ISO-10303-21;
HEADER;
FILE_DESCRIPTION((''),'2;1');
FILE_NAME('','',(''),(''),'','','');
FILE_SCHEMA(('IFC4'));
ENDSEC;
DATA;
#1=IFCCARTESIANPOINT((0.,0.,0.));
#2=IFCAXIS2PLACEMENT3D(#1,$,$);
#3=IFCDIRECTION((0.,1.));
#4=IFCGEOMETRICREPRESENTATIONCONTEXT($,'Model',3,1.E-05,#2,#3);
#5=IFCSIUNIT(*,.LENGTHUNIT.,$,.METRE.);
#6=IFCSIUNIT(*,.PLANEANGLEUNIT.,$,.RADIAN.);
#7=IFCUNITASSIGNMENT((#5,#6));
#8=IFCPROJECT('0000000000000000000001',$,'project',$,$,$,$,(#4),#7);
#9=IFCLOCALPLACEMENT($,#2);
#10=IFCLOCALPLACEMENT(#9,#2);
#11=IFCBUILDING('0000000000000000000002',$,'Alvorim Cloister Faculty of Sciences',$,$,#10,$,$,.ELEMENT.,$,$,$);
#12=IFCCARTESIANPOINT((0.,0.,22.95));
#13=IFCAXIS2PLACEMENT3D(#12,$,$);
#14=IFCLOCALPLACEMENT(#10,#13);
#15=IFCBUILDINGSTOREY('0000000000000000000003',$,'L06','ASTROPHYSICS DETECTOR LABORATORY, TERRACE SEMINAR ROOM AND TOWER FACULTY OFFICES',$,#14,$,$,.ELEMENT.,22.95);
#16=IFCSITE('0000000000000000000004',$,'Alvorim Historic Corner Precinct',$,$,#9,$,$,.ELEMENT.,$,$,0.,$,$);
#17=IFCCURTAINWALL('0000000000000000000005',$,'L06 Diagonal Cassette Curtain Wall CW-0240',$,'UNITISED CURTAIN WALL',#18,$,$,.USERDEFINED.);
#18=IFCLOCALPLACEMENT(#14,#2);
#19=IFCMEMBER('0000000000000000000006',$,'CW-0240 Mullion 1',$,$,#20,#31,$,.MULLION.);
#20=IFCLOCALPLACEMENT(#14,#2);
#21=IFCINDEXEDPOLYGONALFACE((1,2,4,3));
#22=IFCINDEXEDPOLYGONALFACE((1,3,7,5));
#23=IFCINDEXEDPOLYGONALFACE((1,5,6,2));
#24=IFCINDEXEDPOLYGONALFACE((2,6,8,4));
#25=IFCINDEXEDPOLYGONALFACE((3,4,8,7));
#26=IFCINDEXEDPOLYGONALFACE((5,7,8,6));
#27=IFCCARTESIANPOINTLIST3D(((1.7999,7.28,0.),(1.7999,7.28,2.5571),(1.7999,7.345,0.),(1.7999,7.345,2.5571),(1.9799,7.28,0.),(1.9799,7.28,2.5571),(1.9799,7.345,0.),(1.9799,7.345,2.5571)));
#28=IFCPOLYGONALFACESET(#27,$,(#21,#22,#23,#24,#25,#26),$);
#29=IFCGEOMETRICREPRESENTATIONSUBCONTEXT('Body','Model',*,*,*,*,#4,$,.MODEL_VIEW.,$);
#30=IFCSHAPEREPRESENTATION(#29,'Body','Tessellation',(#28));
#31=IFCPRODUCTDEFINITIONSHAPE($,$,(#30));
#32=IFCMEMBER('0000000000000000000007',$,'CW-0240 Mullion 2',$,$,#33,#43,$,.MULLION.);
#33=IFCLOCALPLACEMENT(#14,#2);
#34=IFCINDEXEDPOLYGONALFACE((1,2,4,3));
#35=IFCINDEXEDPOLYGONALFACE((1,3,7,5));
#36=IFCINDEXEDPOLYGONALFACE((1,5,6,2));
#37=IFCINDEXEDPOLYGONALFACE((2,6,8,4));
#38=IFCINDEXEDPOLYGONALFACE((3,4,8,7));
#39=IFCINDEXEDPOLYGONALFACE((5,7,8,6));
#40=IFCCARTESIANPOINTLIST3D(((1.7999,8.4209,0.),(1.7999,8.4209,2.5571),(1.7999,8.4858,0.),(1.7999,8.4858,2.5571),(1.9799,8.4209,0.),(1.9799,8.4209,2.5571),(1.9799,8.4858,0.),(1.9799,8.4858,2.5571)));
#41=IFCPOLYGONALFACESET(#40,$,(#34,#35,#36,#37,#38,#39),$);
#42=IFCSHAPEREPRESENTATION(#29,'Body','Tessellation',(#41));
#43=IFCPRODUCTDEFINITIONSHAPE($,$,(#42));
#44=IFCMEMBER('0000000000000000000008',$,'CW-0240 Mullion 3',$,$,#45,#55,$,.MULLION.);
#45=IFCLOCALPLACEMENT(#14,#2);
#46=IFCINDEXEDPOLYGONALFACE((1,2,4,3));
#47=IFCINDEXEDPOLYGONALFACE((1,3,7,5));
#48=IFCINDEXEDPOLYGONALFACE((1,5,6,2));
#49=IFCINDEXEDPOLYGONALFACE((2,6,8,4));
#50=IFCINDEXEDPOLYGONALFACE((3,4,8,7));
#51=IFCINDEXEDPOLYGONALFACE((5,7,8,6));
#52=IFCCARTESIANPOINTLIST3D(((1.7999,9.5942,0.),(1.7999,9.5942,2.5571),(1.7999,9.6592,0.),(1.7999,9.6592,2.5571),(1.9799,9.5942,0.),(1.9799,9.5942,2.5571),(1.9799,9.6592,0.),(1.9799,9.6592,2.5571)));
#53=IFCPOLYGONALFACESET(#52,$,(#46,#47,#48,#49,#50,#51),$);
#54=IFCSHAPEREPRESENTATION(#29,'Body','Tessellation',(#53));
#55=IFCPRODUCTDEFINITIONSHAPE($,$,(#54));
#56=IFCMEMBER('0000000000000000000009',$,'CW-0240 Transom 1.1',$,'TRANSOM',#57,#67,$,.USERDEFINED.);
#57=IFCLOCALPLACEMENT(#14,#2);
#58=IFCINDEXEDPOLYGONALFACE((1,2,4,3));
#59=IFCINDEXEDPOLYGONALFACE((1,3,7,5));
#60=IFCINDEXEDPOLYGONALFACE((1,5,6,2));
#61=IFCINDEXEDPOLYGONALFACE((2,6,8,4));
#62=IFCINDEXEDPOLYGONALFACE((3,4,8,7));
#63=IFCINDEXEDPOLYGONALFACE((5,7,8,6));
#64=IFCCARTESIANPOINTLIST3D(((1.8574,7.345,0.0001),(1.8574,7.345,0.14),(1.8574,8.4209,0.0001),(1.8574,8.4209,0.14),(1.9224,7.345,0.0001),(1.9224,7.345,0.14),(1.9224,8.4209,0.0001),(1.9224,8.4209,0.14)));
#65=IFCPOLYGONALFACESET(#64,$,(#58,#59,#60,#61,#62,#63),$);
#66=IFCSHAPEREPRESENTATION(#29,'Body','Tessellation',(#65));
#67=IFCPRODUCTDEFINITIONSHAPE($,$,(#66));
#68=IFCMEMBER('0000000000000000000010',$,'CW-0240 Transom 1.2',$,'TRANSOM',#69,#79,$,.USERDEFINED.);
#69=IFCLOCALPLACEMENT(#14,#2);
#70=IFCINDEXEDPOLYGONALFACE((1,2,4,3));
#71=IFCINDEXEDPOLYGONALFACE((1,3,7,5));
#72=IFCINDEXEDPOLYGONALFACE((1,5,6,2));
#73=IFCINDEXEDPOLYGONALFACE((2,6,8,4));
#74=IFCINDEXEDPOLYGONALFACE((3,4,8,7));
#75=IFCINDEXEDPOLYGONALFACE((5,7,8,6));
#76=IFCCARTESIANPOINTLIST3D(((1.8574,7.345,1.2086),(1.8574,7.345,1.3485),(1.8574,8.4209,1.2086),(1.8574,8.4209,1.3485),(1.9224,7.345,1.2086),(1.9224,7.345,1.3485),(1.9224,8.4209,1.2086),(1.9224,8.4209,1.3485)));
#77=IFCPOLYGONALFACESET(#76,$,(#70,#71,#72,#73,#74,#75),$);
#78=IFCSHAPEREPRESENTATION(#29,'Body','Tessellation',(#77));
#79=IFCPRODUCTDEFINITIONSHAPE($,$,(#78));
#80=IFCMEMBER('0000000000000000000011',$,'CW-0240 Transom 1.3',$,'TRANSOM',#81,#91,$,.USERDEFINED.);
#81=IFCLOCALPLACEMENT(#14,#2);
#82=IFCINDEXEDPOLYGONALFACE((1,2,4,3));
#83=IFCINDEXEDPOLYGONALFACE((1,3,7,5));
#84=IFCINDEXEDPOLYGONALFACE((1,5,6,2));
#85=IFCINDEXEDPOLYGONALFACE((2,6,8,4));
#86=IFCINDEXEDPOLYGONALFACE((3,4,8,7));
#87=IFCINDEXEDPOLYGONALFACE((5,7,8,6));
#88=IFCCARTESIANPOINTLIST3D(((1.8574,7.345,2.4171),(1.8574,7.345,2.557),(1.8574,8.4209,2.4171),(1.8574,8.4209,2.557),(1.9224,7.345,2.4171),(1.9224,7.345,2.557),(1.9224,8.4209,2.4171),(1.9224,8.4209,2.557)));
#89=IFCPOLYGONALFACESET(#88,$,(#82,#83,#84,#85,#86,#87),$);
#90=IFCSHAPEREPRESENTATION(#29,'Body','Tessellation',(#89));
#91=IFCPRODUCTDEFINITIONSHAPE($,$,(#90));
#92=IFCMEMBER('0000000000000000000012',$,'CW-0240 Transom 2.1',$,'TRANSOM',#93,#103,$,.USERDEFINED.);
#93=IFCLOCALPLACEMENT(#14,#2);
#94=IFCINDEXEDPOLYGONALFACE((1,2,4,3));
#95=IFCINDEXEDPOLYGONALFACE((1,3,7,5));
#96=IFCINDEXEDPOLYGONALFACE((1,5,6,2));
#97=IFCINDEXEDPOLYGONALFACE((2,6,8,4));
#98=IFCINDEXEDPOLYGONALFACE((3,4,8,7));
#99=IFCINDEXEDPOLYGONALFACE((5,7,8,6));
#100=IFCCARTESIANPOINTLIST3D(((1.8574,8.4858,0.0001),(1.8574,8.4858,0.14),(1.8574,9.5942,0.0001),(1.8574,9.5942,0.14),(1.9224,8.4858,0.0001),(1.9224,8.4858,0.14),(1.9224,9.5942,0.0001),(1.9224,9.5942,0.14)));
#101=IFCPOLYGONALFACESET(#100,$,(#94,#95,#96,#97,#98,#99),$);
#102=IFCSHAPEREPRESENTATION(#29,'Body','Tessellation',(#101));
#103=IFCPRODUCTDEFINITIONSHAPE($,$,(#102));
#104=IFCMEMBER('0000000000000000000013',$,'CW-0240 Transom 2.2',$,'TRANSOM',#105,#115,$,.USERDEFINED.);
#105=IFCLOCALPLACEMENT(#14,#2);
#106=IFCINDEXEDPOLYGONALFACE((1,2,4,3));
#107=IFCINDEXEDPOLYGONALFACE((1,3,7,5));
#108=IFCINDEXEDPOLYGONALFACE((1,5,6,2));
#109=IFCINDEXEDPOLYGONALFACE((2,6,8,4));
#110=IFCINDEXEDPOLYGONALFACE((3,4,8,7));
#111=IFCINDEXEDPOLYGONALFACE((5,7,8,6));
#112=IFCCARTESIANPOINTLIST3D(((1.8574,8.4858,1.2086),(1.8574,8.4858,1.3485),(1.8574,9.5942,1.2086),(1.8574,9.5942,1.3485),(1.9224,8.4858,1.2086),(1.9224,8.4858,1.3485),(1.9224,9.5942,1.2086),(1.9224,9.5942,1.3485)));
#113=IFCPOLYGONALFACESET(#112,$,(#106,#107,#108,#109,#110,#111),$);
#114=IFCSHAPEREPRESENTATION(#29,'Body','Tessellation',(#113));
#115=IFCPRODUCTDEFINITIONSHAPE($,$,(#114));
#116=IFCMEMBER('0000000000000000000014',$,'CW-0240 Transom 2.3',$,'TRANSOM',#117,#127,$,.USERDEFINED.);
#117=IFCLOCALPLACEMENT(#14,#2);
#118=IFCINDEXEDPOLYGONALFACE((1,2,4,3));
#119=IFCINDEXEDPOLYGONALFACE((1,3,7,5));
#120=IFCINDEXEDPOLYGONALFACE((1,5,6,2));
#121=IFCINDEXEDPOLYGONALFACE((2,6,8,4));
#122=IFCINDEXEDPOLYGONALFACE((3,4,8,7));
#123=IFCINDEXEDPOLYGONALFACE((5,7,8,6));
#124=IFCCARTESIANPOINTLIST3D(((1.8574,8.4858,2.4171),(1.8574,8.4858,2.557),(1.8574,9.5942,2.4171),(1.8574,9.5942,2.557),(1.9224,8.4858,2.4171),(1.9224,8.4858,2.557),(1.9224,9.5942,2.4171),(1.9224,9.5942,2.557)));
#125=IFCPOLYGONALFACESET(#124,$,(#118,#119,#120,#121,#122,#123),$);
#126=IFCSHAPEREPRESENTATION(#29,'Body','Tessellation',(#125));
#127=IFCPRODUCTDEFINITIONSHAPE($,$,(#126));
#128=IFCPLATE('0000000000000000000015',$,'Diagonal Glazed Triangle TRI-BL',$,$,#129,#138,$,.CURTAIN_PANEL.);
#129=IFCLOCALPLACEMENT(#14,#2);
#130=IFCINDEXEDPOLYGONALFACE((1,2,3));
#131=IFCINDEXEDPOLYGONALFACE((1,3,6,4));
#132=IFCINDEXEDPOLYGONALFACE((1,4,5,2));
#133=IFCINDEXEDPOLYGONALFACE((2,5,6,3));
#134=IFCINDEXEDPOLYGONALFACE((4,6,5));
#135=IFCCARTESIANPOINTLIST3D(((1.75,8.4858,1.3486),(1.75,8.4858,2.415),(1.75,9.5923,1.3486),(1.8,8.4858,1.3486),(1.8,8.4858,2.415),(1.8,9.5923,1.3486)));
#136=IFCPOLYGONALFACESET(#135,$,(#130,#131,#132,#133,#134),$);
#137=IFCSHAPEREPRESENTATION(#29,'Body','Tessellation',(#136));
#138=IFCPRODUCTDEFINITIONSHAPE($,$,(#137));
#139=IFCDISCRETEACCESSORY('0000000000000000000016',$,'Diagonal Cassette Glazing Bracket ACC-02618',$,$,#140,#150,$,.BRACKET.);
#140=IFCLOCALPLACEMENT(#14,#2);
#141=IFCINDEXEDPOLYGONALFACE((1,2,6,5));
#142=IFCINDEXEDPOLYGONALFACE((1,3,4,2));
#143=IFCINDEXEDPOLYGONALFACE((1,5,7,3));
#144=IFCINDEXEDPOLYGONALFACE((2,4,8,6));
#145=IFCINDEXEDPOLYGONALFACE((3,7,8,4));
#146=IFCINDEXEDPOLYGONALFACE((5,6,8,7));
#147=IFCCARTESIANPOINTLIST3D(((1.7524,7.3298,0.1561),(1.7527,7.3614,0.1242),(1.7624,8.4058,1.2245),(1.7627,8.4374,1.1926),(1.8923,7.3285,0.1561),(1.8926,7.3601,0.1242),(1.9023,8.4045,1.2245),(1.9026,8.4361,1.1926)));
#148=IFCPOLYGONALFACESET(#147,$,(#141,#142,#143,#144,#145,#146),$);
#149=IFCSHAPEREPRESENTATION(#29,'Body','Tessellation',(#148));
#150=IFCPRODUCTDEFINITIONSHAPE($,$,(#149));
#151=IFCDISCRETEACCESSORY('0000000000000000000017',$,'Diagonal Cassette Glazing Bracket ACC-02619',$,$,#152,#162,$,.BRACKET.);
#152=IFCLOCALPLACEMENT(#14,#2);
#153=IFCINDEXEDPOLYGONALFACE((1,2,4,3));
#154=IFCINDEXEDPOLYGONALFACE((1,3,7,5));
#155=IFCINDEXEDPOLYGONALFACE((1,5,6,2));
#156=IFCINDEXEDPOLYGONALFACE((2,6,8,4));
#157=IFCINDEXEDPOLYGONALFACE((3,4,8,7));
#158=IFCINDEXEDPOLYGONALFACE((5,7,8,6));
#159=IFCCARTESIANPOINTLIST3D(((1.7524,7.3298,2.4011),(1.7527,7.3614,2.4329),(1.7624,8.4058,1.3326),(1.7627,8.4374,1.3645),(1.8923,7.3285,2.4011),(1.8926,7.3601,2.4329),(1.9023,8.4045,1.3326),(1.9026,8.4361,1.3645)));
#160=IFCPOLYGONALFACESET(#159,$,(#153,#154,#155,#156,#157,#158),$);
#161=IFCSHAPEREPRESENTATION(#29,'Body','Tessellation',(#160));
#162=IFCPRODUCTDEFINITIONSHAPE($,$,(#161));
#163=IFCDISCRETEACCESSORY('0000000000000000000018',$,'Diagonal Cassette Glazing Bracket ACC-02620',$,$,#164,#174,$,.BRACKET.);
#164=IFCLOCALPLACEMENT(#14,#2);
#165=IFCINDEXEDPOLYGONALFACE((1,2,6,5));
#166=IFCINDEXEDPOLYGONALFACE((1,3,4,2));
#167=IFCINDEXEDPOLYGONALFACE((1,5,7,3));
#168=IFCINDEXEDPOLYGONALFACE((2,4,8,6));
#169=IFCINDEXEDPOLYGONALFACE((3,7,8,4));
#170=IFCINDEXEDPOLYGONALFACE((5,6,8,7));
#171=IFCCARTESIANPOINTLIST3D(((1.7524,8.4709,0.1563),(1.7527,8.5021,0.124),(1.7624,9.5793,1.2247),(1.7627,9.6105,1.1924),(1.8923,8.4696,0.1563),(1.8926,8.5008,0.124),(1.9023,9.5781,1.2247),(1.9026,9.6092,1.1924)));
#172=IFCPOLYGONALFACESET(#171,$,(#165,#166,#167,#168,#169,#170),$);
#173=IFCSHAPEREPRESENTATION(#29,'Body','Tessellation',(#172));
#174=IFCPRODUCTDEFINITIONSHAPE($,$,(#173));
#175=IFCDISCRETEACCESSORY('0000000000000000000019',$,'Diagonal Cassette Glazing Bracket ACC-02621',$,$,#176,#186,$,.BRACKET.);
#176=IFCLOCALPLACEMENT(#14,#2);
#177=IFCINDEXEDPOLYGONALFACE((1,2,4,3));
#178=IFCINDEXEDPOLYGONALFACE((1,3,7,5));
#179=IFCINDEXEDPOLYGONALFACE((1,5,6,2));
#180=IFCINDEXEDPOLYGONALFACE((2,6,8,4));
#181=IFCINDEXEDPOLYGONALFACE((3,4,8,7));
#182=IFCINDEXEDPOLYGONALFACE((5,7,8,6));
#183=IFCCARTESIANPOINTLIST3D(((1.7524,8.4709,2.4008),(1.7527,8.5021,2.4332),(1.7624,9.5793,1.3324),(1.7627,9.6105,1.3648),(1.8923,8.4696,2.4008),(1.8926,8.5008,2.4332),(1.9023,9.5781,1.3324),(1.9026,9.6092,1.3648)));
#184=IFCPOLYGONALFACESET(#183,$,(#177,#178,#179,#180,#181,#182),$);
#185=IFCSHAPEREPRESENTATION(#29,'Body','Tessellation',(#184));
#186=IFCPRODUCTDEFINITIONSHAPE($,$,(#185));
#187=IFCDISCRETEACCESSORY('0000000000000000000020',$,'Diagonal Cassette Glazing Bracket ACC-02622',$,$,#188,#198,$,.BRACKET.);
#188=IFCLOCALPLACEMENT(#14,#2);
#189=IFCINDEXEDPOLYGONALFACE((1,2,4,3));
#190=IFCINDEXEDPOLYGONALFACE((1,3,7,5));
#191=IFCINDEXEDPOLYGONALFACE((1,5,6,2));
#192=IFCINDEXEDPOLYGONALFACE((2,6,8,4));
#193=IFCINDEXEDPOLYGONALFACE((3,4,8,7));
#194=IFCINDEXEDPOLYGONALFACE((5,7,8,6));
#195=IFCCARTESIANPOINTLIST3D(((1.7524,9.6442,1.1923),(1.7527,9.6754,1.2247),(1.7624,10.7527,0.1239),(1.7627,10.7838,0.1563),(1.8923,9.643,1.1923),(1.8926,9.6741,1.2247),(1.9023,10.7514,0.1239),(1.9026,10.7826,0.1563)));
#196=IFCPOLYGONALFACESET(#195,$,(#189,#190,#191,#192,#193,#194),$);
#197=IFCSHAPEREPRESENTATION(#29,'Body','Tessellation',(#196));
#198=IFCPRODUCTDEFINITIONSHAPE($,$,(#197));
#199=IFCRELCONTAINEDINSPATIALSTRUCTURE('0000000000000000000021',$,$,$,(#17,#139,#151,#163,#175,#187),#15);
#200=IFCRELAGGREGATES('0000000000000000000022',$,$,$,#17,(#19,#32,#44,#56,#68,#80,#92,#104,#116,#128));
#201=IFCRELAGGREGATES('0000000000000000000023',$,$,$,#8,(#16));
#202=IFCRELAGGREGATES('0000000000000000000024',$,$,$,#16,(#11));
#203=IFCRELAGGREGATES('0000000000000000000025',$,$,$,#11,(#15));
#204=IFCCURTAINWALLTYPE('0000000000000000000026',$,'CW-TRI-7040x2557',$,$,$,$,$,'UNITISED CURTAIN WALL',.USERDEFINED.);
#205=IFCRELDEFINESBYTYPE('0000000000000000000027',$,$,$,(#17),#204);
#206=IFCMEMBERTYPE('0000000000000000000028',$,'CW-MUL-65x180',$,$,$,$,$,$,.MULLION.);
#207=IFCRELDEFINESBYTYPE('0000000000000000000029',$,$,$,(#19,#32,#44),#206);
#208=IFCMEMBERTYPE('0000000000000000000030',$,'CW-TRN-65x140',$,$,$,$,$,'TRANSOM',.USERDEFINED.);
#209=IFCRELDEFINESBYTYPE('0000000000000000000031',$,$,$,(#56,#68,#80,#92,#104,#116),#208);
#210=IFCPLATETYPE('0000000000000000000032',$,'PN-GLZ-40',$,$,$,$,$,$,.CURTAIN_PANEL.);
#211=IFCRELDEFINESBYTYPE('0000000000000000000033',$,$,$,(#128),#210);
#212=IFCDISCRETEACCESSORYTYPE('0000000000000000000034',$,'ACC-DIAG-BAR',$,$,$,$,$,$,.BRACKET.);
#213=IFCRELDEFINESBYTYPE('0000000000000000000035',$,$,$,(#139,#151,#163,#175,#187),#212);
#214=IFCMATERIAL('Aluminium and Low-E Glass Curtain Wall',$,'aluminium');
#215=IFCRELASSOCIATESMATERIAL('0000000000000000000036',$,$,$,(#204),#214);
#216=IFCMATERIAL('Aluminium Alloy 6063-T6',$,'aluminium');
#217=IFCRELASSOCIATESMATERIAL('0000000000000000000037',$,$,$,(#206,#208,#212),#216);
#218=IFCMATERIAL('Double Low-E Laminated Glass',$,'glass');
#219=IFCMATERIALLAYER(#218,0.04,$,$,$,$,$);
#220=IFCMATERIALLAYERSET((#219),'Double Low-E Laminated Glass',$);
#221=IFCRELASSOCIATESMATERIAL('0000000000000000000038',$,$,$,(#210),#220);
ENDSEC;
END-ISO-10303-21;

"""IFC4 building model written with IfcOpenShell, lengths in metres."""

from ifc_helpers import new_model, si_unit, direction, frame, origin, origin_2d, place, context, subcontext, project, spatial, polyline, rectangle, outline, extrude, material, layer, layer_set, material_profile, profile_set, type_object, element, aggregate, save


model = new_model("IFC4")

# Units and contexts
model_context = context("Model", 3, precision=1e-05, world=origin(), true_north=direction((0.0, 1.0)))
body_context = subcontext(model_context, "Body", "Model", "MODEL_VIEW")
ifc_project = project(units=[si_unit("LENGTHUNIT", "METRE"), si_unit("PLANEANGLEUNIT", "RADIAN")], contexts=[model_context])

# Site, building, storey
site_placement = place(None, origin())
site = spatial("IfcSite", under=ifc_project, at=site_placement, Name="Alvorim Historic Corner Precinct", CompositionType="ELEMENT", RefElevation=0.0)
building_placement = place(site_placement, origin())
building = spatial("IfcBuilding", under=site, at=building_placement, Name="Alvorim Cloister Faculty of Sciences", CompositionType="ELEMENT")
storey_placement = place(building_placement, frame((0.0, 0.0, 22.95)))
storey = spatial("IfcBuildingStorey", under=building, at=storey_placement, Name="L06", Description="ASTROPHYSICS DETECTOR LABORATORY, TERRACE SEMINAR ROOM AND TOWER FACULTY OFFICES", CompositionType="ELEMENT", Elevation=22.95)

# Curtain wall, members, plate
ifc_material_1 = material(Name="Aluminium and Low-E Glass Curtain Wall", Category="aluminium")
curtain_wall_type = type_object("IfcCurtainWallType", Name="CW-TRI-7040x2557", ElementType="UNITISED CURTAIN WALL", PredefinedType="USERDEFINED", material=ifc_material_1)
curtain_wall_placement = place(storey_placement, origin())
curtain_wall = element("IfcCurtainWall", 1, at=curtain_wall_placement, inside=storey, type_object=curtain_wall_type, Name="L06 Diagonal Cassette Curtain Wall CW-0240", ObjectType="UNITISED CURTAIN WALL", PredefinedType="USERDEFINED")
ifc_material_2 = material(Name="Aluminium Alloy 6063-T6", Category="aluminium")
ifc_material_profile_1 = material_profile(ifc_material_2, rectangle(XDim=0.0649, YDim=0.1799, at=origin_2d()), Name="ALU-MUL-65x180")
ifc_profile_set_1 = profile_set([ifc_material_profile_1], Name="Aluminium Alloy 6063-T6")
member_type_1 = type_object("IfcMemberType", Name="CW-MUL-65x180", PredefinedType="MULLION", material=ifc_profile_set_1)
member_1_placement = place(storey_placement, frame((1.8899, 7.3125, 0.0), z_axis=(0.0, 0.0, 1.0), x_axis=(0.0, 1.0, 0.0)))
member_1 = element("IfcMember", 2, at=member_1_placement, type_object=member_type_1, Name="CW-0240 Mullion 1", PredefinedType="MULLION", context=body_context, shape_type="SweptSolid", body=[
    extrude(rectangle(XDim=0.0649, YDim=0.1799, at=origin_2d()), origin(), (0.0, 0.0, 1.0), 2.5571),
])
member_2_placement = place(storey_placement, frame((1.8899, 8.4534, 0.0), z_axis=(0.0, 0.0, 1.0), x_axis=(0.0, 1.0, 0.0)))
member_2 = element("IfcMember", 3, at=member_2_placement, type_object=member_type_1, Name="CW-0240 Mullion 2", PredefinedType="MULLION", context=body_context, shape_type="SweptSolid", body=[
    extrude(rectangle(XDim=0.0649, YDim=0.1799, at=origin_2d()), origin(), (0.0, 0.0, 1.0), 2.5571),
])
member_3_placement = place(storey_placement, frame((1.8899, 9.6267, 0.0), z_axis=(0.0, 0.0, 1.0), x_axis=(0.0, 1.0, 0.0)))
member_3 = element("IfcMember", 4, at=member_3_placement, type_object=member_type_1, Name="CW-0240 Mullion 3", PredefinedType="MULLION", context=body_context, shape_type="SweptSolid", body=[
    extrude(rectangle(XDim=0.0649, YDim=0.1799, at=origin_2d()), origin(), (0.0, 0.0, 1.0), 2.5571),
])
ifc_material_profile_2 = material_profile(ifc_material_2, rectangle(XDim=0.0649, YDim=0.1399, at=origin_2d()), Name="ALU-TRN-65x140")
ifc_profile_set_2 = profile_set([ifc_material_profile_2], Name="Aluminium Alloy 6063-T6")
member_type_2 = type_object("IfcMemberType", Name="CW-TRN-65x140", ElementType="TRANSOM", PredefinedType="USERDEFINED", material=ifc_profile_set_2)
member_4_placement = place(storey_placement, frame((1.8899, 7.345, 0.0701), z_axis=(0.0, 1.0, 0.0), x_axis=(-1.0, 0.0, 0.0)))
member_4 = element("IfcMember", 5, at=member_4_placement, type_object=member_type_2, Name="CW-0240 Transom 1.1", ObjectType="TRANSOM", PredefinedType="USERDEFINED", context=body_context, shape_type="SweptSolid", body=[
    extrude(rectangle(XDim=0.0649, YDim=0.1399, at=origin_2d()), origin(), (0.0, 0.0, 1.0), 1.0759),
])
member_5_placement = place(storey_placement, frame((1.8899, 7.345, 1.2786), z_axis=(0.0, 1.0, 0.0), x_axis=(-1.0, 0.0, 0.0)))
member_5 = element("IfcMember", 6, at=member_5_placement, type_object=member_type_2, Name="CW-0240 Transom 1.2", ObjectType="TRANSOM", PredefinedType="USERDEFINED", context=body_context, shape_type="SweptSolid", body=[
    extrude(rectangle(XDim=0.0649, YDim=0.1399, at=origin_2d()), origin(), (0.0, 0.0, 1.0), 1.0759),
])
member_6_placement = place(storey_placement, frame((1.8899, 7.345, 2.4871), z_axis=(0.0, 1.0, 0.0), x_axis=(-1.0, 0.0, 0.0)))
member_6 = element("IfcMember", 7, at=member_6_placement, type_object=member_type_2, Name="CW-0240 Transom 1.3", ObjectType="TRANSOM", PredefinedType="USERDEFINED", context=body_context, shape_type="SweptSolid", body=[
    extrude(rectangle(XDim=0.0649, YDim=0.1399, at=origin_2d()), origin(), (0.0, 0.0, 1.0), 1.0759),
])
member_7_placement = place(storey_placement, frame((1.8899, 8.4858, 0.0701), z_axis=(0.0, 1.0, 0.0), x_axis=(-1.0, 0.0, 0.0)))
member_7 = element("IfcMember", 8, at=member_7_placement, type_object=member_type_2, Name="CW-0240 Transom 2.1", ObjectType="TRANSOM", PredefinedType="USERDEFINED", context=body_context, shape_type="SweptSolid", body=[
    extrude(rectangle(XDim=0.0649, YDim=0.1399, at=origin_2d()), origin(), (0.0, 0.0, 1.0), 1.1084),
])
member_8_placement = place(storey_placement, frame((1.8899, 8.4858, 1.2786), z_axis=(0.0, 1.0, 0.0), x_axis=(-1.0, 0.0, 0.0)))
member_8 = element("IfcMember", 9, at=member_8_placement, type_object=member_type_2, Name="CW-0240 Transom 2.2", ObjectType="TRANSOM", PredefinedType="USERDEFINED", context=body_context, shape_type="SweptSolid", body=[
    extrude(rectangle(XDim=0.0649, YDim=0.1399, at=origin_2d()), origin(), (0.0, 0.0, 1.0), 1.1084),
])
member_9_placement = place(storey_placement, frame((1.8899, 8.4858, 2.4871), z_axis=(0.0, 1.0, 0.0), x_axis=(-1.0, 0.0, 0.0)))
member_9 = element("IfcMember", 10, at=member_9_placement, type_object=member_type_2, Name="CW-0240 Transom 2.3", ObjectType="TRANSOM", PredefinedType="USERDEFINED", context=body_context, shape_type="SweptSolid", body=[
    extrude(rectangle(XDim=0.0649, YDim=0.1399, at=origin_2d()), origin(), (0.0, 0.0, 1.0), 1.1084),
])
ifc_material_3 = material(Name="Double Low-E Laminated Glass", Category="glass")
ifc_layer = layer(ifc_material_3, 0.04)
ifc_layer_set = layer_set([ifc_layer], Name="Double Low-E Laminated Glass")
plate_type = type_object("IfcPlateType", Name="PN-GLZ-40", PredefinedType="CURTAIN_PANEL", material=ifc_layer_set)
plate_1_placement = place(storey_placement, frame((1.7749, 8.4858, 1.3486), z_axis=(0.0, 0.0, 1.0), x_axis=(0.0, 1.0, 0.0)))
plate_1 = element("IfcPlate", 11, at=plate_1_placement, type_object=plate_type, Name="Diagonal Glazed Triangle TRI-BL", PredefinedType="CURTAIN_PANEL", context=body_context, shape_type="SweptSolid", body=[
    extrude(outline(polyline([(0.0, 0.0), (1.1064, 0.0), (0.0, 1.0664), (0.0, 0.0)])), frame((0.0, 0.0249, 0.0), z_axis=(0.0, -1.0, 0.0), x_axis=(1.0, 0.0, 0.0)), (0.0, 0.0, 1.0), 0.05),
])
aggregate(curtain_wall, [member_1, member_2, member_3, member_4, member_5, member_6, member_7, member_8, member_9, plate_1])

# Discrete accessories
discrete_accessory_type = type_object("IfcDiscreteAccessoryType", Name="ACC-DIAG-BAR", PredefinedType="BRACKET", material=ifc_material_2)
for number, where, z_axis, x_axis, name in (
    (12, (1.8225, 7.345, 0.1401), (0.006602, 0.709583, 0.704591), (-0.999957, 0.009303, 0.0), "Diagonal Cassette Glazing Bracket ACC-02618"),
    (13, (1.8225, 7.345, 2.417), (0.006602, 0.709583, -0.704591), (-0.999957, 0.009303, 0.0), "Diagonal Cassette Glazing Bracket ACC-02619"),
):
    element("IfcDiscreteAccessory", number, at=place(storey_placement, frame(where, z_axis=z_axis, x_axis=x_axis)), inside=storey, type_object=discrete_accessory_type, Name=name, PredefinedType="BRACKET", context=body_context, shape_type="SweptSolid", body=[
        extrude(rectangle(XDim=0.1399, YDim=0.0449, at=origin_2d()), origin(), (0.0, 0.0, 1.0), 1.5164),
    ])
for number, where, z_axis, x_axis, name in (
    (14, (1.8225, 8.4858, 0.1401), (0.006502, 0.719976, 0.693968), (-0.999959, 0.00903, 0.0), "Diagonal Cassette Glazing Bracket ACC-02620"),
    (15, (1.8225, 8.4858, 2.417), (0.006502, 0.719976, -0.693968), (-0.999959, 0.00903, 0.0), "Diagonal Cassette Glazing Bracket ACC-02621"),
    (16, (1.8225, 9.6592, 1.2085), (0.006502, 0.719976, -0.693968), (-0.999959, 0.00903, 0.0), "Diagonal Cassette Glazing Bracket ACC-02622"),
):
    element("IfcDiscreteAccessory", number, at=place(storey_placement, frame(where, z_axis=z_axis, x_axis=x_axis)), inside=storey, type_object=discrete_accessory_type, Name=name, PredefinedType="BRACKET", context=body_context, shape_type="SweptSolid", body=[
        extrude(rectangle(XDim=0.1399, YDim=0.0449, at=origin_2d()), origin(), (0.0, 0.0, 1.0), 1.5396),
    ])

save(model, "model.ifc")
